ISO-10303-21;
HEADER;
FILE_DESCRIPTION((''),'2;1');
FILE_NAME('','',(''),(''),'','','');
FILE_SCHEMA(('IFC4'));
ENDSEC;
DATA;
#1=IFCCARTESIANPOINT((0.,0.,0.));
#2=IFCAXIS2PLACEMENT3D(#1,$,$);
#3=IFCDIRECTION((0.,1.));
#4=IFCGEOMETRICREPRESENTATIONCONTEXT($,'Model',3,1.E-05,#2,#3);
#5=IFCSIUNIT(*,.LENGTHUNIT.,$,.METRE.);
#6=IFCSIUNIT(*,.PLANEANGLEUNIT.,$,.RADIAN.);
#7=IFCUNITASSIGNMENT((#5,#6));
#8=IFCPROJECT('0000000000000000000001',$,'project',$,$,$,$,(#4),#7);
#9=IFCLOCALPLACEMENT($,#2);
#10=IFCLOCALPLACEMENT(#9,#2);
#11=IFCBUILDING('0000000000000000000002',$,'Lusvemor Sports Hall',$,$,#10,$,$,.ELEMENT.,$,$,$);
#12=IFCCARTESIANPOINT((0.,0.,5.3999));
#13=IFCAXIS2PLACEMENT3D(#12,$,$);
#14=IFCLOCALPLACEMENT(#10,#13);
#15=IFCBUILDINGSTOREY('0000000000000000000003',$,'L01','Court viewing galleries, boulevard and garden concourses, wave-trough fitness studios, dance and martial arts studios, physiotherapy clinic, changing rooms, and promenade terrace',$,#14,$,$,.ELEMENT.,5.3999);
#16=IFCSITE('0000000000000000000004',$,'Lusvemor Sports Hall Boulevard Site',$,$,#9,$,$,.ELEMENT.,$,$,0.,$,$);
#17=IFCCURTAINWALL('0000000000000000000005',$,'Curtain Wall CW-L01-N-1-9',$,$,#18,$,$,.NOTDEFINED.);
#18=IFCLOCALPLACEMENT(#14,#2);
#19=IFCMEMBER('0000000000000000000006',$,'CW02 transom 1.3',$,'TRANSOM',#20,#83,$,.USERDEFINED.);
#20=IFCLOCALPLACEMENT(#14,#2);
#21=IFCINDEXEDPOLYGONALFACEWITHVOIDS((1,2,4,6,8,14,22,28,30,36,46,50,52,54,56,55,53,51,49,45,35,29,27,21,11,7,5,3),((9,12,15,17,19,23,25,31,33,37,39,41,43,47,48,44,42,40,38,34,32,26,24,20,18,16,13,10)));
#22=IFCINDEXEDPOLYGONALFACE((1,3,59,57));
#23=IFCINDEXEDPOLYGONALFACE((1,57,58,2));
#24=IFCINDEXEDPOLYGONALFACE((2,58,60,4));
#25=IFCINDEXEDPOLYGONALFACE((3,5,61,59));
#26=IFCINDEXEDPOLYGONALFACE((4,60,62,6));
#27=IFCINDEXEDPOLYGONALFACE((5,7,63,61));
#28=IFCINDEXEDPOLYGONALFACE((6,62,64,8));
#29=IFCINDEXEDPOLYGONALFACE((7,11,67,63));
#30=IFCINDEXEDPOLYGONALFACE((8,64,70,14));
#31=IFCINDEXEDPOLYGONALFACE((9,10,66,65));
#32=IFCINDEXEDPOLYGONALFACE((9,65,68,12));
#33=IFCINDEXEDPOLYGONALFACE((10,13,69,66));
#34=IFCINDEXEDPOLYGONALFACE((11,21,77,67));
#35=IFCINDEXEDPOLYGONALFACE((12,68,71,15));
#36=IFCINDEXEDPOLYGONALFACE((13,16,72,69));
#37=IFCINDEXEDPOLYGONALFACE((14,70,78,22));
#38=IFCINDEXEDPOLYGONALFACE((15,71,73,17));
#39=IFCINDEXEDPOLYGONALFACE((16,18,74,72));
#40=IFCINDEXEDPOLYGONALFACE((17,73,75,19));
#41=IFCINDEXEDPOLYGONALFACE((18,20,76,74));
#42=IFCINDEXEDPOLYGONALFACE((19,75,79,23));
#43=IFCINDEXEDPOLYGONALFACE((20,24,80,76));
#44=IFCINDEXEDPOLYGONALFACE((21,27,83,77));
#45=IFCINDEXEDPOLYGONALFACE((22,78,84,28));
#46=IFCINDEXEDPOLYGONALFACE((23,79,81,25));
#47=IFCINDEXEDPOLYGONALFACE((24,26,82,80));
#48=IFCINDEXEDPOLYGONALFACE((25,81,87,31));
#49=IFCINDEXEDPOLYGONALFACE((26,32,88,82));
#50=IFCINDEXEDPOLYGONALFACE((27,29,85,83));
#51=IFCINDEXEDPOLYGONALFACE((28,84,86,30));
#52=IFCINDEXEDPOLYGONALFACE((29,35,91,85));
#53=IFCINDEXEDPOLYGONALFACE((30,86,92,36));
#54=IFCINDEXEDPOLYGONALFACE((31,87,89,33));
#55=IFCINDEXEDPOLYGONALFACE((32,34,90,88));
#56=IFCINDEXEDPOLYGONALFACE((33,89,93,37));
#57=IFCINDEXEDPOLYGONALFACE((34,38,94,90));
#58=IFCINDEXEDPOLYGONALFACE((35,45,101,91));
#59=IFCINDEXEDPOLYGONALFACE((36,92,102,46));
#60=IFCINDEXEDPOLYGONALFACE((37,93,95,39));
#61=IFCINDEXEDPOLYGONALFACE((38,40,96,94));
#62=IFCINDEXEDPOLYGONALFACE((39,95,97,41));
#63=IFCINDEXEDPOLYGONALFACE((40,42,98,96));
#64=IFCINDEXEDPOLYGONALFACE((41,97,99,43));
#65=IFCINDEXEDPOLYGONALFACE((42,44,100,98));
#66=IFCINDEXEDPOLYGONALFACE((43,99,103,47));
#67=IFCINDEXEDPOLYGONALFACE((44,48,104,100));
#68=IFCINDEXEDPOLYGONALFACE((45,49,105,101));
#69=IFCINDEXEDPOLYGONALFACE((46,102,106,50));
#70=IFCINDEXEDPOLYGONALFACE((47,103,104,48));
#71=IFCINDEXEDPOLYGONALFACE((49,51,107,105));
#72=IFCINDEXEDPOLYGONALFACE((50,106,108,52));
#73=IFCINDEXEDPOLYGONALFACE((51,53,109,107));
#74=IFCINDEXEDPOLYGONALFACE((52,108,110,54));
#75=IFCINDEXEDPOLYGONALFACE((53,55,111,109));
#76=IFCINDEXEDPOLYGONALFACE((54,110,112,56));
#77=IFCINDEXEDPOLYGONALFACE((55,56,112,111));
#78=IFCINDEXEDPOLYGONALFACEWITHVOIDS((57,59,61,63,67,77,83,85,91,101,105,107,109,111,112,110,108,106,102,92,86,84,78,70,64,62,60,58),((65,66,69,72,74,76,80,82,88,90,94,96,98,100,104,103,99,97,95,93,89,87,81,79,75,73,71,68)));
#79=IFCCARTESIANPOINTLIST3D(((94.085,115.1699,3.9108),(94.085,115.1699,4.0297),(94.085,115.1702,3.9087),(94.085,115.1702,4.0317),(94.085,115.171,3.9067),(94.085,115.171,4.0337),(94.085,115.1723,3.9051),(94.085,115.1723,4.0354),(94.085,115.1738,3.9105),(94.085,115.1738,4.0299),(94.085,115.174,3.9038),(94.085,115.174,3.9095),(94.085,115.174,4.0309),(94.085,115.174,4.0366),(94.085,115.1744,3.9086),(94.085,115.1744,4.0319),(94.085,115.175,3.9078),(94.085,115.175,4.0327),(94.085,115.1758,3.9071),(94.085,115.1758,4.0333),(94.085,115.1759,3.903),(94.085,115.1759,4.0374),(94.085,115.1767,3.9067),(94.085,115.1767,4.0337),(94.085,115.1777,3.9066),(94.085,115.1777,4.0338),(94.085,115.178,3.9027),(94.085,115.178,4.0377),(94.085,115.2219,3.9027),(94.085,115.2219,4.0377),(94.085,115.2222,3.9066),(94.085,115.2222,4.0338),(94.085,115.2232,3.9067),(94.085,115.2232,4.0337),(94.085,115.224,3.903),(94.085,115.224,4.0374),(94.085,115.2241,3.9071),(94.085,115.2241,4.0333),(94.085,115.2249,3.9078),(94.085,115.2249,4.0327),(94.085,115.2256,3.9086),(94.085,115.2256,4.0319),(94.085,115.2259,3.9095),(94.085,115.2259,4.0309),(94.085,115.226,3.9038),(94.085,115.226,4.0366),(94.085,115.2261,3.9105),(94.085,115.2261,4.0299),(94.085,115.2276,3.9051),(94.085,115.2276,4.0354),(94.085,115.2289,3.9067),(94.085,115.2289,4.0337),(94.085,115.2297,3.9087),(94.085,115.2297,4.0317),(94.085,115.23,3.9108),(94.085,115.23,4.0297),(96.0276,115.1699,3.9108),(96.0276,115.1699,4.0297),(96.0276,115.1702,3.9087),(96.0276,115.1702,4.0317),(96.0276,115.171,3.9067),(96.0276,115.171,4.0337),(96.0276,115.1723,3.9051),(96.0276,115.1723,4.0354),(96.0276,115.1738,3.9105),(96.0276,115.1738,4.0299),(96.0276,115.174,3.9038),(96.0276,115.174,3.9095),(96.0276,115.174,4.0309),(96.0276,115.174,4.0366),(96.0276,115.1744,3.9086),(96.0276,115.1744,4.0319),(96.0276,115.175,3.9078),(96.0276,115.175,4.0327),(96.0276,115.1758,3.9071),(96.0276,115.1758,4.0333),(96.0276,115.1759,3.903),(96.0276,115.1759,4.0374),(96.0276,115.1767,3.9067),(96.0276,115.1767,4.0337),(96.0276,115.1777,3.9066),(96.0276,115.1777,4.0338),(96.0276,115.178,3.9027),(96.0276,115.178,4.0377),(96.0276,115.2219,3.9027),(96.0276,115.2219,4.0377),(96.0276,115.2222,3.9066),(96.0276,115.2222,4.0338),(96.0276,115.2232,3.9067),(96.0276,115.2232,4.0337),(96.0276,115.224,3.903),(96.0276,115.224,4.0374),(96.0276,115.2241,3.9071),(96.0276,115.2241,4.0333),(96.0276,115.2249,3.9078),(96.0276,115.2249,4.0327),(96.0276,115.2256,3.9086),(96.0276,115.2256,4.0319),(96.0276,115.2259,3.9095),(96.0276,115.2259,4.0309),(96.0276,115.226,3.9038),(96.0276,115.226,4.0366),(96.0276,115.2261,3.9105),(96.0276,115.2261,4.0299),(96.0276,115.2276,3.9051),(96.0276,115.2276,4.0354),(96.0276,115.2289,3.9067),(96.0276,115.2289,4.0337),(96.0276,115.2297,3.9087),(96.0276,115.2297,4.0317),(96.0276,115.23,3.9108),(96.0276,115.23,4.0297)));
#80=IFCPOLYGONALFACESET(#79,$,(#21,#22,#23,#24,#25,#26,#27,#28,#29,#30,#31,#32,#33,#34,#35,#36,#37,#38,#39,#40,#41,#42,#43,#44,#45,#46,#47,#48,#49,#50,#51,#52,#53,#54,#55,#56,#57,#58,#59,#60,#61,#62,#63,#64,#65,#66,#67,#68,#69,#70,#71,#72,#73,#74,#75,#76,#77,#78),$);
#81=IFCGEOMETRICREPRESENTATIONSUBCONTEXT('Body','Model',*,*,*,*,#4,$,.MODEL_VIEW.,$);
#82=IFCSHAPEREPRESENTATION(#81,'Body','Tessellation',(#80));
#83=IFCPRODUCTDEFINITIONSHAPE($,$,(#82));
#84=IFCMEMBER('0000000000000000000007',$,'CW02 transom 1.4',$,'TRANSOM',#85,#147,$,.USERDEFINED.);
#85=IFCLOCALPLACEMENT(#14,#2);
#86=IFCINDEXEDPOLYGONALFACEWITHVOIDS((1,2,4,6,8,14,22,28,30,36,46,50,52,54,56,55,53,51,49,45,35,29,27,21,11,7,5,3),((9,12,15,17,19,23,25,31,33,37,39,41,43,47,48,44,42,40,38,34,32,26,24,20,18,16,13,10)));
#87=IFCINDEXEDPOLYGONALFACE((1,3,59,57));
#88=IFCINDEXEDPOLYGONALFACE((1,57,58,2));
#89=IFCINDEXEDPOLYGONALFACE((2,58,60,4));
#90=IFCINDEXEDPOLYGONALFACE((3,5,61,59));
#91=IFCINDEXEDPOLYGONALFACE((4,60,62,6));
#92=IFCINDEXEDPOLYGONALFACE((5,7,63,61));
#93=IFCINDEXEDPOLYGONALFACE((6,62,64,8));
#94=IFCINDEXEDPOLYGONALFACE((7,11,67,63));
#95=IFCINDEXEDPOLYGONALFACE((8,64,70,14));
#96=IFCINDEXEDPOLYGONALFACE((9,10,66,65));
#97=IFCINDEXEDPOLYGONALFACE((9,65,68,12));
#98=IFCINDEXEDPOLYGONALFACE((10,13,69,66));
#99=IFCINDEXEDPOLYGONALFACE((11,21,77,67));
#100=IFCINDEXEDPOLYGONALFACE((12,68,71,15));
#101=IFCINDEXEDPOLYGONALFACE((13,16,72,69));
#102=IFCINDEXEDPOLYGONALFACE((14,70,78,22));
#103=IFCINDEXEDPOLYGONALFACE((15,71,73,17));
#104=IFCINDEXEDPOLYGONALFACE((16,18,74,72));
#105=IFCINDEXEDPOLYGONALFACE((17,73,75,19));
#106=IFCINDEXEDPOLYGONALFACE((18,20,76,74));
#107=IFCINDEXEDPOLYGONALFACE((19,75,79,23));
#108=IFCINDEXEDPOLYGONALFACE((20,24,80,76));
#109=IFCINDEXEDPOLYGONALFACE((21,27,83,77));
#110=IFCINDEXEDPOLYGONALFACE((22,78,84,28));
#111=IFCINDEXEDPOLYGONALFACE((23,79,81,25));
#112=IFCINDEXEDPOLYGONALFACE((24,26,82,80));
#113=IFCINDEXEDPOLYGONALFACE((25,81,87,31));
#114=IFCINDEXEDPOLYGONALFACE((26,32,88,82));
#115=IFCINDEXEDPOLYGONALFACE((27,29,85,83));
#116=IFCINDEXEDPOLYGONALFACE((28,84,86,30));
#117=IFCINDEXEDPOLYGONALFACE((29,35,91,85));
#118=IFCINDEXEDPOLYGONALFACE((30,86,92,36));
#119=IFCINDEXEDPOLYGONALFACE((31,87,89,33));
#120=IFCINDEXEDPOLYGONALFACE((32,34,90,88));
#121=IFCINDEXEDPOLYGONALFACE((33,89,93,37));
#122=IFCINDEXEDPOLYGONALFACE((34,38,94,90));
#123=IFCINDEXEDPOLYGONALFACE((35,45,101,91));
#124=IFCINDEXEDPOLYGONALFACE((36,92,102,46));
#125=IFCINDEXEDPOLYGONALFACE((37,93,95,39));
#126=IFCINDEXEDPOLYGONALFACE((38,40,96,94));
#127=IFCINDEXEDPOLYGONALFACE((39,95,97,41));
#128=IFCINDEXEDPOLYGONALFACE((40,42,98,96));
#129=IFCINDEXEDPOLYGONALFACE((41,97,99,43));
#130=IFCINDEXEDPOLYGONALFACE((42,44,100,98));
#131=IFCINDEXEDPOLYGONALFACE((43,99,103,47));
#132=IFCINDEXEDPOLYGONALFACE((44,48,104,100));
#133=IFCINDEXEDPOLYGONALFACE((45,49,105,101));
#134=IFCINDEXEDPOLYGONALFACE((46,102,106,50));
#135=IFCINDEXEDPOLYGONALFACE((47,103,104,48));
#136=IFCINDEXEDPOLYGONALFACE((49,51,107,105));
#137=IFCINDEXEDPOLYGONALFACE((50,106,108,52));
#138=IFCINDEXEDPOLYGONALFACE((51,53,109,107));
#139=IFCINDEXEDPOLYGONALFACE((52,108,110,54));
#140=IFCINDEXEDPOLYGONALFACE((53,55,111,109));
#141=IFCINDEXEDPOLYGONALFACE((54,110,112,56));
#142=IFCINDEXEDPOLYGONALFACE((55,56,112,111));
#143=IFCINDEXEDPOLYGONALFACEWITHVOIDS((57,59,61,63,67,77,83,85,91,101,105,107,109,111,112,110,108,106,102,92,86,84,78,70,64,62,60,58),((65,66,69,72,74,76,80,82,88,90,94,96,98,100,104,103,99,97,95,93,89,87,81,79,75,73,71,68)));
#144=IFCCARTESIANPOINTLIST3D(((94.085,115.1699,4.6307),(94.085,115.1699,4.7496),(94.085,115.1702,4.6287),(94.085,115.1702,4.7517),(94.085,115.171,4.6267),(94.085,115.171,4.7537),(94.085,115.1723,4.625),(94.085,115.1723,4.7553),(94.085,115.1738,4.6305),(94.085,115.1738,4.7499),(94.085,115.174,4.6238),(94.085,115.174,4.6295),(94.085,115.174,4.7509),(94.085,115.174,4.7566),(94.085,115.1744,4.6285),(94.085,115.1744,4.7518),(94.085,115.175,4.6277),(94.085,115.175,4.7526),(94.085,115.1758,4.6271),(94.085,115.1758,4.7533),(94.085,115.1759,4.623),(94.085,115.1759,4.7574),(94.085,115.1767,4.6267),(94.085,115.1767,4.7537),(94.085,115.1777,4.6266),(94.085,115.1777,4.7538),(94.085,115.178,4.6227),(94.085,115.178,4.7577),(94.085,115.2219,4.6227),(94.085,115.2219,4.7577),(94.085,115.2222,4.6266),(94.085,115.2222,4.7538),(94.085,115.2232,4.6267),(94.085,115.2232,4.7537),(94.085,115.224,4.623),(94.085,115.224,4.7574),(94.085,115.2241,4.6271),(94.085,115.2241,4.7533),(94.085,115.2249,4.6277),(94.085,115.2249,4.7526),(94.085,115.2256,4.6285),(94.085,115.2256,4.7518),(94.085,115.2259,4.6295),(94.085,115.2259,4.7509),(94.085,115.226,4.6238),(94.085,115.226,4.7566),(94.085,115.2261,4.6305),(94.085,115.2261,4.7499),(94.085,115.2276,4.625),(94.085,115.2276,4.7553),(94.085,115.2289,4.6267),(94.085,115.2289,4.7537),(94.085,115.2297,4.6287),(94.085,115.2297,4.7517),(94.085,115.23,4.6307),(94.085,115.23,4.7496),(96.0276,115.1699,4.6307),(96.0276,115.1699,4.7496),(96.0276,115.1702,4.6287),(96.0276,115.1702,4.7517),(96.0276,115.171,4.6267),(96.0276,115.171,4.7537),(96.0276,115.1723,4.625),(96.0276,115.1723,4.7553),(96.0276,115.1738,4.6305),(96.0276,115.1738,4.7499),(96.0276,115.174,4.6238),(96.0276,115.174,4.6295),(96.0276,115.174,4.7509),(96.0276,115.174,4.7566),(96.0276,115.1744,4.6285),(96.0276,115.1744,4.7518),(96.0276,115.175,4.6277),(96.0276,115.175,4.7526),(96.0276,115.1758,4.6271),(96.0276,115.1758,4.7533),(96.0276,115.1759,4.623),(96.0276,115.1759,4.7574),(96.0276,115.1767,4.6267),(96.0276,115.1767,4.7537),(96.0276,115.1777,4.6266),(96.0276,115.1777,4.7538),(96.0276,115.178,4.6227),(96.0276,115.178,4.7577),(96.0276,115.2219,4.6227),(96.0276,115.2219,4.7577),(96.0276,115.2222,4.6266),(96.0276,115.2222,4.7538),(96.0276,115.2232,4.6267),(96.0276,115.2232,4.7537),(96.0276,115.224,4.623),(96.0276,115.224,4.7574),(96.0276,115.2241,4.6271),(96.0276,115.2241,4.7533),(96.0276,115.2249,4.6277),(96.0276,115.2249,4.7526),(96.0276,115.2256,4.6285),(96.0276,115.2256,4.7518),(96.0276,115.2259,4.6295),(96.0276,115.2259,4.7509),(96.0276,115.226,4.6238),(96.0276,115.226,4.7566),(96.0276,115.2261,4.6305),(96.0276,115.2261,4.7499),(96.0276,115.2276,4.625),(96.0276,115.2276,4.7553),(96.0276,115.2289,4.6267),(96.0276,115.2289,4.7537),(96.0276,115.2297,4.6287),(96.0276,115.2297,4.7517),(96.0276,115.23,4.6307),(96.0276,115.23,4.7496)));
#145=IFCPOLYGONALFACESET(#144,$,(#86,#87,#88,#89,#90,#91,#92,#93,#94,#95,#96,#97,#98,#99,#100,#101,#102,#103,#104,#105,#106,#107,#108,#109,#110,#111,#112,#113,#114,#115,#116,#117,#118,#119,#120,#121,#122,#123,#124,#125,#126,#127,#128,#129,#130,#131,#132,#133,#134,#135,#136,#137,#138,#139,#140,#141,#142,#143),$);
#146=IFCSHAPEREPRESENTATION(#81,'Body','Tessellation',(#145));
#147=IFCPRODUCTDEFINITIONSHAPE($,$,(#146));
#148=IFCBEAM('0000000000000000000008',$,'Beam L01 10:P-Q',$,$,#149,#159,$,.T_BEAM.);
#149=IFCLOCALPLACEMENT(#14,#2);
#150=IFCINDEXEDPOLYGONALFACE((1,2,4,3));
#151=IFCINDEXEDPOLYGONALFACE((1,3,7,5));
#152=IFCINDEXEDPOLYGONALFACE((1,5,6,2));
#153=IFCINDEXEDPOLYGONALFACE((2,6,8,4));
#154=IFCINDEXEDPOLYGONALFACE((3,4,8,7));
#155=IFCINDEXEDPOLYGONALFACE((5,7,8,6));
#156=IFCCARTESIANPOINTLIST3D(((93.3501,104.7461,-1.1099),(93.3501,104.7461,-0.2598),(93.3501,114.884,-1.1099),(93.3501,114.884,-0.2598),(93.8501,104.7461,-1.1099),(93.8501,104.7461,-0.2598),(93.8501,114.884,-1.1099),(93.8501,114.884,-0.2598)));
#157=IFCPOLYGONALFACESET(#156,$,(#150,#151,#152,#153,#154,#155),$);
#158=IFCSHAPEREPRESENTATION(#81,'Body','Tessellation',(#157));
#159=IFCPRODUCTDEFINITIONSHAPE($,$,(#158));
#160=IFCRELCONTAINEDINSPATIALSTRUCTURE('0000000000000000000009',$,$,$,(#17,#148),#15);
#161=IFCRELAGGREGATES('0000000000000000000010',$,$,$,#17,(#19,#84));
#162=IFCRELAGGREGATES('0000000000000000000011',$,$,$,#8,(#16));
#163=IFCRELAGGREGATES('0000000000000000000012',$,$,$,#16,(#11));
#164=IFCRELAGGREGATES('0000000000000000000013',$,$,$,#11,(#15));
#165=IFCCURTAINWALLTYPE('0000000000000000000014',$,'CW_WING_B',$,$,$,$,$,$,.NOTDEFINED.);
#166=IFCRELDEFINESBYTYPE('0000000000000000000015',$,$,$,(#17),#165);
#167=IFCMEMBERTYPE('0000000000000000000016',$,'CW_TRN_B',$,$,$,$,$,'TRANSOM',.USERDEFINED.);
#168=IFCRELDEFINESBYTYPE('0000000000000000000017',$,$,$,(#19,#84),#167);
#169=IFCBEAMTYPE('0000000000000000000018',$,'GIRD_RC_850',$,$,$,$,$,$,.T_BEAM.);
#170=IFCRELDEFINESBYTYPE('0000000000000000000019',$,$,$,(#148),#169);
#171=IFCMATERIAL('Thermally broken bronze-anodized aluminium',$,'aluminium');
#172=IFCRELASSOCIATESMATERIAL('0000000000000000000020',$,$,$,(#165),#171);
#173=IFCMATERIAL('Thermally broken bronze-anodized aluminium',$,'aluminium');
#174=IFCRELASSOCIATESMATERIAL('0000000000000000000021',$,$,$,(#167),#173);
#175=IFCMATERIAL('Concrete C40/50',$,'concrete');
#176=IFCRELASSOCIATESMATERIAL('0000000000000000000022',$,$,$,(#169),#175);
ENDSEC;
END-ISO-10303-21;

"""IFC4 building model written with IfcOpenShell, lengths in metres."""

from ifc_helpers import new_model, si_unit, direction, frame, origin, origin_2d, place, context, subcontext, project, spatial, rectangle, hollow_rectangle, extrude, material, material_profile, profile_set, type_object, element, aggregate, save


model = new_model("IFC4")

# Units and contexts
model_context = context("Model", 3, precision=1e-05, world=origin(), true_north=direction((0.0, 1.0)))
body_context = subcontext(model_context, "Body", "Model", "MODEL_VIEW")
ifc_project = project(units=[si_unit("LENGTHUNIT", "METRE"), si_unit("PLANEANGLEUNIT", "RADIAN")], contexts=[model_context])

# Site, building, storey
site_placement = place(None, origin())
site = spatial("IfcSite", under=ifc_project, at=site_placement, Name="Lusvemor Sports Hall Boulevard Site", CompositionType="ELEMENT", RefElevation=0.0)
building_placement = place(site_placement, origin())
building = spatial("IfcBuilding", under=site, at=building_placement, Name="Lusvemor Sports Hall", CompositionType="ELEMENT")
storey_placement = place(building_placement, frame((0.0, 0.0, 5.3999)))
storey = spatial("IfcBuildingStorey", under=building, at=storey_placement, Name="L01", Description="Court viewing galleries, boulevard and garden concourses, wave-trough fitness studios, dance and martial arts studios, physiotherapy clinic, changing rooms, and promenade terrace", CompositionType="ELEMENT", Elevation=5.3999)

# Shared definitions
ifc_material_1 = material(Name="Thermally broken bronze-anodized aluminium", Category="aluminium")
curtain_wall_type = type_object("IfcCurtainWallType", Name="CW_WING_B", PredefinedType="NOTDEFINED", material=ifc_material_1)

# Curtain wall
curtain_wall_1_placement = place(storey_placement, origin())
curtain_wall_1 = element("IfcCurtainWall", 1, at=curtain_wall_1_placement, inside=storey, type_object=curtain_wall_type, Name="Curtain Wall CW-L01-N-1-9", PredefinedType="NOTDEFINED")

# Members
ifc_material_2 = material(Name="Thermally broken bronze-anodized aluminium", Category="aluminium")
ifc_material_profile_1 = material_profile(ifc_material_2, hollow_rectangle(XDim=0.0601, YDim=0.135, WallThickness=0.0039, InnerFilletRadius=0.0039, OuterFilletRadius=0.0081, at=origin_2d()), Name="CWTRN135x60x4")
ifc_profile_set_1 = profile_set([ifc_material_profile_1], Name="Thermally broken bronze-anodized aluminium")
member_type_1 = type_object("IfcMemberType", Name="CW_TRN_B", ElementType="TRANSOM", PredefinedType="USERDEFINED", material=ifc_profile_set_1)
member_1_placement = place(storey_placement, frame((94.085, 115.2, 3.9702), z_axis=(1.0, 0.0, 0.0), x_axis=(0.0, 1.0, 0.0)))
member_1 = element("IfcMember", 2, at=member_1_placement, type_object=member_type_1, Name="CW02 transom 1.3", ObjectType="TRANSOM", PredefinedType="USERDEFINED", context=body_context, shape_type="SweptSolid", body=[
    extrude(hollow_rectangle(XDim=0.0601, YDim=0.135, WallThickness=0.0039, InnerFilletRadius=0.0039, OuterFilletRadius=0.0081, at=origin_2d()), origin(), (0.0, 0.0, 1.0), 1.9426),
])
member_2_placement = place(storey_placement, frame((94.085, 115.2, 4.6902), z_axis=(1.0, 0.0, 0.0), x_axis=(0.0, 1.0, 0.0)))
member_2 = element("IfcMember", 3, at=member_2_placement, type_object=member_type_1, Name="CW02 transom 1.4", ObjectType="TRANSOM", PredefinedType="USERDEFINED", context=body_context, shape_type="SweptSolid", body=[
    extrude(hollow_rectangle(XDim=0.0601, YDim=0.135, WallThickness=0.0039, InnerFilletRadius=0.0039, OuterFilletRadius=0.0081, at=origin_2d()), origin(), (0.0, 0.0, 1.0), 1.9426),
])

# Beam
ifc_material_3 = material(Name="Concrete C40/50", Category="concrete")
ifc_material_profile_2 = material_profile(ifc_material_3, rectangle(XDim=0.5, YDim=0.8501, at=origin_2d()), Name="RC500x850")
ifc_profile_set_2 = profile_set([ifc_material_profile_2], Name="Concrete C40/50")
beam_type_1 = type_object("IfcBeamType", Name="GIRD_RC_850", PredefinedType="T_BEAM", material=ifc_profile_set_2)
beam_1_placement = place(storey_placement, frame((93.6001, 104.7461, -0.6848), z_axis=(0.0, 1.0, 0.0), x_axis=(-1.0, 0.0, 0.0)))
element("IfcBeam", 4, at=beam_1_placement, inside=storey, type_object=beam_type_1, Name="Beam L01 10:P-Q", PredefinedType="T_BEAM", context=body_context, shape_type="SweptSolid", body=[
    extrude(rectangle(XDim=0.5, YDim=0.8501, at=origin_2d()), origin(), (0.0, 0.0, 1.0), 10.1379),
])

aggregate(curtain_wall_1, [member_1, member_2])

save(model, "model.ifc")
